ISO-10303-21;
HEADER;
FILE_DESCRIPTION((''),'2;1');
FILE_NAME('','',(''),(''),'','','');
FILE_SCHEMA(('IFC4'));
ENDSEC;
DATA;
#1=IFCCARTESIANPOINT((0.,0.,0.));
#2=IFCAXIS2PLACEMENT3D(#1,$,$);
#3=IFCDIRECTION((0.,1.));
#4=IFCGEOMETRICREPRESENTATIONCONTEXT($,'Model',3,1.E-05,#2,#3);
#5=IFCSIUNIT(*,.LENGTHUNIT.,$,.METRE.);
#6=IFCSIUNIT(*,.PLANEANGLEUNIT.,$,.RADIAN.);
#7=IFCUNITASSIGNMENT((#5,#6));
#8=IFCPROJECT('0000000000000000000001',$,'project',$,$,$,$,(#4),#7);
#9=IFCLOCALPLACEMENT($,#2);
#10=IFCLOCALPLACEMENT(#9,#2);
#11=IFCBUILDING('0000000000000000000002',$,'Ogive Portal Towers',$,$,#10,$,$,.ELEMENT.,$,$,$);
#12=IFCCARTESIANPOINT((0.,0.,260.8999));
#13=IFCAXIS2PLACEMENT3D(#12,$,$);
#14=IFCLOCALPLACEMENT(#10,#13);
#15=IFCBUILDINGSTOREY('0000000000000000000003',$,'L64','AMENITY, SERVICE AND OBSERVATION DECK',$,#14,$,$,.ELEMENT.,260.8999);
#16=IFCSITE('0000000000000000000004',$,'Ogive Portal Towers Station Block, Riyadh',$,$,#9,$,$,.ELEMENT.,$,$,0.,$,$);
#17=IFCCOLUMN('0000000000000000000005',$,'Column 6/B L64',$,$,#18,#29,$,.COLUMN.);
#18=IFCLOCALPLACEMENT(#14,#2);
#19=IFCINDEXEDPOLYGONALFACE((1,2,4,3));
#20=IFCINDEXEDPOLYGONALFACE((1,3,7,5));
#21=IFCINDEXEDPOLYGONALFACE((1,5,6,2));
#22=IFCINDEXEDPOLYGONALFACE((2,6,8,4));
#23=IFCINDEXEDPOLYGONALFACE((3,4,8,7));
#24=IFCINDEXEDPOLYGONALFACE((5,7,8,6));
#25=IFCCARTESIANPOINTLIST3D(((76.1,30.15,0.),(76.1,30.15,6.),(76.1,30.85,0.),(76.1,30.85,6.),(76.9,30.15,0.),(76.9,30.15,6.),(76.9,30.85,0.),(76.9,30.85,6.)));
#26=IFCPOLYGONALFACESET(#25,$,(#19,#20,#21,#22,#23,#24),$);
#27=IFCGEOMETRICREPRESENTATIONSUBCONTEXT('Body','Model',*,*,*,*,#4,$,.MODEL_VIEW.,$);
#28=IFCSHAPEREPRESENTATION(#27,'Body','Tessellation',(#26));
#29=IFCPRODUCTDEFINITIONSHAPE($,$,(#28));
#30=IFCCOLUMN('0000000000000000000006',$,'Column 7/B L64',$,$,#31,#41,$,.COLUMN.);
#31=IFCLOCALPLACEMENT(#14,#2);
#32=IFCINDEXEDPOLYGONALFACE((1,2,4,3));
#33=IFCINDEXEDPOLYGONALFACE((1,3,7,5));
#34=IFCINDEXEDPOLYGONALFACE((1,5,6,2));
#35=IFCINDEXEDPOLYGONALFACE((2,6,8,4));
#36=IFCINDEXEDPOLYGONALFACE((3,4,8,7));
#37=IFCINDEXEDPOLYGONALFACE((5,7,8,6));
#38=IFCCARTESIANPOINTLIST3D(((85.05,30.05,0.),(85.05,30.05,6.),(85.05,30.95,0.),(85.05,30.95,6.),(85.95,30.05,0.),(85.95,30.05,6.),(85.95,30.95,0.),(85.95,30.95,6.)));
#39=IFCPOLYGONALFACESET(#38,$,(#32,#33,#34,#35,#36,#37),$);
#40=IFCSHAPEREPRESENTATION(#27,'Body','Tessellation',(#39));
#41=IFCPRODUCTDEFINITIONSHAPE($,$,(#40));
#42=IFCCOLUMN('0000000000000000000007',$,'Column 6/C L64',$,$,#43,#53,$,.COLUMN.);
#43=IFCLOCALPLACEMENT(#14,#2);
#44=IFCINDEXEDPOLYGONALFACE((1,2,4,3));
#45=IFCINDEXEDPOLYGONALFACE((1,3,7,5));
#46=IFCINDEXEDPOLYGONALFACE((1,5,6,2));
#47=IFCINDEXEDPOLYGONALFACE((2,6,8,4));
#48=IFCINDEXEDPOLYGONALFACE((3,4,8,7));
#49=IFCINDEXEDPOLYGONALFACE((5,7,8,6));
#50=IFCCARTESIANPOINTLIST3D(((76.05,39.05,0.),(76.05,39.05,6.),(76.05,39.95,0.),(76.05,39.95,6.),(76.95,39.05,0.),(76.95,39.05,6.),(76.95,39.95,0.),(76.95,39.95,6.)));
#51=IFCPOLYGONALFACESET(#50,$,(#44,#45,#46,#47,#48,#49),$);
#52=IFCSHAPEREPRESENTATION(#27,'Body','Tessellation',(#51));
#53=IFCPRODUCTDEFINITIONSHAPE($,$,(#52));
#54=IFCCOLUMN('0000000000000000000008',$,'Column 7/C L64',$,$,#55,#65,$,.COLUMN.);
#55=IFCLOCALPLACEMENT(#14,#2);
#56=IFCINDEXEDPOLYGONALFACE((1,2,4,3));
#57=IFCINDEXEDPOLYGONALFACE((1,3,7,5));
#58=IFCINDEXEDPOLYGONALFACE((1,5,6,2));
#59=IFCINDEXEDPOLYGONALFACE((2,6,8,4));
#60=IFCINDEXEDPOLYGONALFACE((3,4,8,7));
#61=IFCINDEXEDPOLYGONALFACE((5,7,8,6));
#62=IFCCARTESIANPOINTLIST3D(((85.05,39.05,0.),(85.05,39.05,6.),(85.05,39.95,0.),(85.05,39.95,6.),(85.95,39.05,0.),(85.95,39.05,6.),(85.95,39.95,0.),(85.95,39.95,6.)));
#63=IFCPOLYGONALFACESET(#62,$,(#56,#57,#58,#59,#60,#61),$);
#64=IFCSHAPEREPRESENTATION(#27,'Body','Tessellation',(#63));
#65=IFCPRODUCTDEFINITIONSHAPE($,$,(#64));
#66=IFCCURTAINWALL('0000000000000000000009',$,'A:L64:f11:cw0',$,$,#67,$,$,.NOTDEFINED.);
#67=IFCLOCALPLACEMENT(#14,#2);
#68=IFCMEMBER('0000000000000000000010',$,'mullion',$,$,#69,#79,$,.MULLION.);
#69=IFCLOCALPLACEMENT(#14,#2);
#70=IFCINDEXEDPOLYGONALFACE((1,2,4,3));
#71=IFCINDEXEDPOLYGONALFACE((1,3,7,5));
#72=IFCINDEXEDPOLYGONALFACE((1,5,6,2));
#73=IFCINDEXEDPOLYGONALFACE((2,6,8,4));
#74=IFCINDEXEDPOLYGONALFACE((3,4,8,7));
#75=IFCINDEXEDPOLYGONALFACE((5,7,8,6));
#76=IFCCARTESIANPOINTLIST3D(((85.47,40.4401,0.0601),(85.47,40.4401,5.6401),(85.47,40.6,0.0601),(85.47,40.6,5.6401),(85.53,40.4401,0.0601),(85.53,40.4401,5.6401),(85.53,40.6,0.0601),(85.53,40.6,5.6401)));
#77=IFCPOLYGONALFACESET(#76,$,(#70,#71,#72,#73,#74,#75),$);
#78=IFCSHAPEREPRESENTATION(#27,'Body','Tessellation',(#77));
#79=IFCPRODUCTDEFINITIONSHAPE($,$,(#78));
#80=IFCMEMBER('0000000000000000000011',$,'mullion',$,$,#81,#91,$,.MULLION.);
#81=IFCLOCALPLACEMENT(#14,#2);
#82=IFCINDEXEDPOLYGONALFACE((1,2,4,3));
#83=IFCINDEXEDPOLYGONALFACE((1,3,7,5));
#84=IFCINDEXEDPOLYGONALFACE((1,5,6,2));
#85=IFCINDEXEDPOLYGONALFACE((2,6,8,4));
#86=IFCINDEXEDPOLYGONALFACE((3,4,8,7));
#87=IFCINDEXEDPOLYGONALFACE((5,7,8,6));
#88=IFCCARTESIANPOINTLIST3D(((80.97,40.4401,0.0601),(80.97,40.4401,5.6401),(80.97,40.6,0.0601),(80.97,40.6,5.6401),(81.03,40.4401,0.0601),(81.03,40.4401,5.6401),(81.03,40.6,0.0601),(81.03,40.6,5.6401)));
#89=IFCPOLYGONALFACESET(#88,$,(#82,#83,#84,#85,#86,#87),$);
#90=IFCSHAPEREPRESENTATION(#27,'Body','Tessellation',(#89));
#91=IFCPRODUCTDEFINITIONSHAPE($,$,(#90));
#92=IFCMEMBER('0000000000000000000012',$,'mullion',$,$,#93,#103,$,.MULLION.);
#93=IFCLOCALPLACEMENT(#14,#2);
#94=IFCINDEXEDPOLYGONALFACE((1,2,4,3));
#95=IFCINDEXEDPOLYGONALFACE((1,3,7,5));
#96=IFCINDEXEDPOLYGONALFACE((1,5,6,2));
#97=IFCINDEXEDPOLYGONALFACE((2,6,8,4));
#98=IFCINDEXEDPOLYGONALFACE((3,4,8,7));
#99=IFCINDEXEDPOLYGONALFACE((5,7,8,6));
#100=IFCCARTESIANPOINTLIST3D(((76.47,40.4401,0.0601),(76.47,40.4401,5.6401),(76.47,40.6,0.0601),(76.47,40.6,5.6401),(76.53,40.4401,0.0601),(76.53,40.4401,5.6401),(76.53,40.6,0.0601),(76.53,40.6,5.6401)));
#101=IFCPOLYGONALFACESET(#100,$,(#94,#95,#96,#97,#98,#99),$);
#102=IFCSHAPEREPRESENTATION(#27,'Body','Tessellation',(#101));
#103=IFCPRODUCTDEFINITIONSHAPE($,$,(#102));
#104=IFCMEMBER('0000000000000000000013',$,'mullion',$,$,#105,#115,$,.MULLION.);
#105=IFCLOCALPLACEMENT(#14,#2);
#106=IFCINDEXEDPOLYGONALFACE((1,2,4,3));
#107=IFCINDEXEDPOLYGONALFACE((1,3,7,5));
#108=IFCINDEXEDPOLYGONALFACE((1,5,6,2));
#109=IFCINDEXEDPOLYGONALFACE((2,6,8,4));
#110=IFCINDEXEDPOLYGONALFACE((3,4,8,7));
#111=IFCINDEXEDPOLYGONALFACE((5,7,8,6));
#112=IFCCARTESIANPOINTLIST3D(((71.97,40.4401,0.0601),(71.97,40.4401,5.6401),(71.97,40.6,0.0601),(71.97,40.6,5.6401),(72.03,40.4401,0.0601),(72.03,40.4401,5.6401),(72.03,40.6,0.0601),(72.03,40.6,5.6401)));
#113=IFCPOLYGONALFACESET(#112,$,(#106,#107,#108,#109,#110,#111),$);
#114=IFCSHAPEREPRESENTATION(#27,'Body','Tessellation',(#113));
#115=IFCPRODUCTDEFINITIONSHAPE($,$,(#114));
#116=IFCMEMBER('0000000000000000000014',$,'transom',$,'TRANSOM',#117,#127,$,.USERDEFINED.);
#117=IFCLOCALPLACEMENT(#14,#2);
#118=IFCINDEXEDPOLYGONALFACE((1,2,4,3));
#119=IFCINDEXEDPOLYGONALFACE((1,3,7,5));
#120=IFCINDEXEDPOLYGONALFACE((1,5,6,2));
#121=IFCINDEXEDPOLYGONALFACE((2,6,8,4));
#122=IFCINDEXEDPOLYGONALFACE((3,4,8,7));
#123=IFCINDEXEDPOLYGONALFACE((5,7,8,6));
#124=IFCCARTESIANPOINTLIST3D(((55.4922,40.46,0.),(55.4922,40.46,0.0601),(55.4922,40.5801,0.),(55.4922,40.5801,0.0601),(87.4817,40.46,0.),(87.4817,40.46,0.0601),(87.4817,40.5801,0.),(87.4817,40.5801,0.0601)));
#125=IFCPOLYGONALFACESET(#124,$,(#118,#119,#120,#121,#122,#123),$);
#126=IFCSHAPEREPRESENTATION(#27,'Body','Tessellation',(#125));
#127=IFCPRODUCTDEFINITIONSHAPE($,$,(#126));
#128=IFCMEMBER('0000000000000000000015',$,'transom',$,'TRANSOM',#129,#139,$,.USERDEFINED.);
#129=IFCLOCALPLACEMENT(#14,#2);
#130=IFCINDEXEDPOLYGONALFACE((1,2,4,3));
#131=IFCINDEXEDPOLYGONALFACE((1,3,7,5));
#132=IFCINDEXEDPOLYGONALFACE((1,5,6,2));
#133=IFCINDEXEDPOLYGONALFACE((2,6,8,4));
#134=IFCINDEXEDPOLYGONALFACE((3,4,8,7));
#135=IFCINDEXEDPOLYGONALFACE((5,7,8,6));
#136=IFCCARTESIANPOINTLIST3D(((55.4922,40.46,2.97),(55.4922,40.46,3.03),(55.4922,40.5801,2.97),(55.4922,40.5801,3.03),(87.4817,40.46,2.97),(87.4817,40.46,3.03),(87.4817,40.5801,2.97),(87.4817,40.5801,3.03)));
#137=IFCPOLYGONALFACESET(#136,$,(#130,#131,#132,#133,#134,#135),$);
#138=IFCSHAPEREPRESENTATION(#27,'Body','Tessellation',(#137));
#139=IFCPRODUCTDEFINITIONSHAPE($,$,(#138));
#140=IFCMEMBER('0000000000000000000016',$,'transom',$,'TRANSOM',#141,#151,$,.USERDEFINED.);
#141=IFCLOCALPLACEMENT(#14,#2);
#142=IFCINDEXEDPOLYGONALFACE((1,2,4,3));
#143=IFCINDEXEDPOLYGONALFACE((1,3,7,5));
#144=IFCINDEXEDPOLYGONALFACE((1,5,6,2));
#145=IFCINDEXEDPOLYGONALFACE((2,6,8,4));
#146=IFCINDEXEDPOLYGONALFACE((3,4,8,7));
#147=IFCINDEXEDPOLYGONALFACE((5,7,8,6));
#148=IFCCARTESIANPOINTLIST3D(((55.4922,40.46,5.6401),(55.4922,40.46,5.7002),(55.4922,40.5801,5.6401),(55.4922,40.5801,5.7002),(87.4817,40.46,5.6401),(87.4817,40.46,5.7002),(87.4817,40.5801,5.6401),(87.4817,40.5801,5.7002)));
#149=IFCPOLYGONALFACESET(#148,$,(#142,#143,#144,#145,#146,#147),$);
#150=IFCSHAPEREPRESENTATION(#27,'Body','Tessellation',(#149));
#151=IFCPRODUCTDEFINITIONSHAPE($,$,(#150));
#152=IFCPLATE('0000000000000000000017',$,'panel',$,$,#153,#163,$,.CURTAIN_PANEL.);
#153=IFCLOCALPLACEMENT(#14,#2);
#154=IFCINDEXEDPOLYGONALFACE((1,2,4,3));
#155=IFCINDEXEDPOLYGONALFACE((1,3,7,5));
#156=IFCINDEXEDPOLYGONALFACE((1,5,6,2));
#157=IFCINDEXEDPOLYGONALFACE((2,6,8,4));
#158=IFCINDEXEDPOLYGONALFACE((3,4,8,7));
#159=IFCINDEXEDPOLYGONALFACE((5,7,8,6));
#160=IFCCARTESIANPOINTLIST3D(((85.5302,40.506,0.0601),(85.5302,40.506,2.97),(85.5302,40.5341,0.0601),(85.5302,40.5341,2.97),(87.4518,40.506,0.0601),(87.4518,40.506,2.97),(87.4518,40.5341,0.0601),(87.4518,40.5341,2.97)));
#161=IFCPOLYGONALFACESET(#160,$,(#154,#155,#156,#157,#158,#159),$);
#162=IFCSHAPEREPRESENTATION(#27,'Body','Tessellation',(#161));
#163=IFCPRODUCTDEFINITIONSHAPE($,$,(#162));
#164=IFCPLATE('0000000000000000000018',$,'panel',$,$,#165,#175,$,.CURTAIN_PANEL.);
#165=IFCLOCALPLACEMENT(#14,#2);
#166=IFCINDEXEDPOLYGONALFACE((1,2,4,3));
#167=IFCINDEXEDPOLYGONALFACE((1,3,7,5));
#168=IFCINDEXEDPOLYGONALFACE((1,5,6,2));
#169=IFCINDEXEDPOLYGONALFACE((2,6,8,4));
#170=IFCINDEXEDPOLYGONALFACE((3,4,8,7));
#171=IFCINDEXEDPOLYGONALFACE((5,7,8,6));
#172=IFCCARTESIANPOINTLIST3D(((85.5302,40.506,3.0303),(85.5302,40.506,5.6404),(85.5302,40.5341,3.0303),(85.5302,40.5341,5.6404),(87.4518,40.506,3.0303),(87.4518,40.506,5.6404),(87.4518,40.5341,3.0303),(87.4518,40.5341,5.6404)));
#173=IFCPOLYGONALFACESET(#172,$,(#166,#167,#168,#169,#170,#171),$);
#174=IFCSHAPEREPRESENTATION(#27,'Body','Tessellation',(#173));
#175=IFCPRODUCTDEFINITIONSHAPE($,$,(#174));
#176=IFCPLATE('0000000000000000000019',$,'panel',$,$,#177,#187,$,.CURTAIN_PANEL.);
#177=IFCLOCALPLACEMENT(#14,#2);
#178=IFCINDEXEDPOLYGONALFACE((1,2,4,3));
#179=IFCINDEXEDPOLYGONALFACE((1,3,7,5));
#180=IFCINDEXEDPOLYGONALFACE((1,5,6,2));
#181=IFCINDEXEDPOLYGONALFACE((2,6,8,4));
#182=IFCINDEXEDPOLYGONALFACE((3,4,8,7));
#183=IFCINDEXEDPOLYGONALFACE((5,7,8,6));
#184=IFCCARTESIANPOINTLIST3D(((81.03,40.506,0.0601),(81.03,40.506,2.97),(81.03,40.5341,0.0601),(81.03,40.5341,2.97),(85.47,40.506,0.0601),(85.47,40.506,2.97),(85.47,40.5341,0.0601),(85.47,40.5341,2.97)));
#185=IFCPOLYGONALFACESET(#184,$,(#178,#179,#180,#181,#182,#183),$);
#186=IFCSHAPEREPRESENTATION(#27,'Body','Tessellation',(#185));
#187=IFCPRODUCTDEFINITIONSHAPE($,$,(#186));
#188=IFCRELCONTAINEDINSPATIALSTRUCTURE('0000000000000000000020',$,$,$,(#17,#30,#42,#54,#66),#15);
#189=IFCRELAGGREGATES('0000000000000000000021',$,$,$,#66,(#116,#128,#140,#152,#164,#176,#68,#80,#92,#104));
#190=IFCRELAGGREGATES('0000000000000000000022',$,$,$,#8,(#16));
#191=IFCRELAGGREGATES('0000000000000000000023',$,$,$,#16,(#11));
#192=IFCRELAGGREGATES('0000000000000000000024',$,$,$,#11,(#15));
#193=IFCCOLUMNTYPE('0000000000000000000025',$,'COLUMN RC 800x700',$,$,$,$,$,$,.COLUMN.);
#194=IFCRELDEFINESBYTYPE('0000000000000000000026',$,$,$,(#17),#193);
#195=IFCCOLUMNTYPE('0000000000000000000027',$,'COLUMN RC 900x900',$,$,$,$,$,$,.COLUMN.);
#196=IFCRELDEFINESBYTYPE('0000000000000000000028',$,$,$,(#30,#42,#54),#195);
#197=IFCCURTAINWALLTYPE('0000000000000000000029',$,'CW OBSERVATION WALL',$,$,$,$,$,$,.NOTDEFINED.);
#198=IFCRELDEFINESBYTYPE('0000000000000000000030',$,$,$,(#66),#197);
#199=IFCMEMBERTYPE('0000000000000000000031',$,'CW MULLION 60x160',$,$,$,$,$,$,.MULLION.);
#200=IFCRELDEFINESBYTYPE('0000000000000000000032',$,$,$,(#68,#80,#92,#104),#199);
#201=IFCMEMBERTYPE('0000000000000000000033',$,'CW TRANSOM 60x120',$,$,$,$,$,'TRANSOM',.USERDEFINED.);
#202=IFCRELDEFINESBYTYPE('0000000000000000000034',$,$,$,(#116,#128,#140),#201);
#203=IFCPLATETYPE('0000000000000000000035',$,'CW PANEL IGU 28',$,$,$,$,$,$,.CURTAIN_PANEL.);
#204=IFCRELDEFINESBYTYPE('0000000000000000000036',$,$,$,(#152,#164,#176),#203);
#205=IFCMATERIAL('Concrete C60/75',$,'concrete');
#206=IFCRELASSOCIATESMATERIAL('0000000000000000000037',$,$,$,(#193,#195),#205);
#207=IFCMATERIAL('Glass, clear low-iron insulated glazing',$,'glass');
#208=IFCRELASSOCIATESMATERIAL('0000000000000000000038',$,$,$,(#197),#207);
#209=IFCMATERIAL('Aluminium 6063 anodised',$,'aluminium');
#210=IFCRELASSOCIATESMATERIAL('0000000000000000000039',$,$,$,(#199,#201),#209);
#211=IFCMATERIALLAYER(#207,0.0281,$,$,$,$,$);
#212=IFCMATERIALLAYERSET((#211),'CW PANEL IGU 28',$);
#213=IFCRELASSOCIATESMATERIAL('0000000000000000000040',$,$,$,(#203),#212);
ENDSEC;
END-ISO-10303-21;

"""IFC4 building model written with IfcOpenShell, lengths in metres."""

from ifc_helpers import new_model, si_unit, direction, frame, origin, origin_2d, place, context, subcontext, project, spatial, rectangle, extrude, material, layer, layer_set, material_profile, profile_set, type_object, element, aggregate, save


model = new_model("IFC4")

# Units and contexts
model_context = context("Model", 3, precision=1e-05, world=origin(), true_north=direction((0.0, 1.0)))
body_context = subcontext(model_context, "Body", "Model", "MODEL_VIEW")
ifc_project = project(units=[si_unit("LENGTHUNIT", "METRE"), si_unit("PLANEANGLEUNIT", "RADIAN")], contexts=[model_context])

# Site, building, storey
site_placement = place(None, origin())
site = spatial("IfcSite", under=ifc_project, at=site_placement, Name="Ogive Portal Towers Station Block, Riyadh", CompositionType="ELEMENT", RefElevation=0.0)
building_placement = place(site_placement, origin())
building = spatial("IfcBuilding", under=site, at=building_placement, Name="Ogive Portal Towers", CompositionType="ELEMENT")
storey_placement = place(building_placement, frame((0.0, 0.0, 260.8999)))
storey = spatial("IfcBuildingStorey", under=building, at=storey_placement, Name="L64", Description="AMENITY, SERVICE AND OBSERVATION DECK", CompositionType="ELEMENT", Elevation=260.8999)

# Columns
ifc_material_1 = material(Name="Concrete C60/75", Category="concrete")
ifc_material_profile_1 = material_profile(ifc_material_1, rectangle(XDim=0.8, YDim=0.7, at=origin_2d()), Name="RC 800x700")
ifc_profile_set_1 = profile_set([ifc_material_profile_1], Name="Concrete C60/75")
column_type_1 = type_object("IfcColumnType", Name="COLUMN RC 800x700", PredefinedType="COLUMN", material=ifc_profile_set_1)
column_placement = place(storey_placement, frame((76.5, 30.5, 0.0), z_axis=(0.0, 0.0, 1.0), x_axis=(1.0, 0.0, 0.0)))
element("IfcColumn", 1, at=column_placement, inside=storey, type_object=column_type_1, Name="Column 6/B L64", PredefinedType="COLUMN", context=body_context, shape_type="SweptSolid", body=[
    extrude(rectangle(XDim=0.8, YDim=0.7, at=origin_2d()), origin(), (0.0, 0.0, 1.0), 6.0),
])
ifc_material_profile_2 = material_profile(ifc_material_1, rectangle(XDim=0.8999, YDim=0.8999, at=origin_2d()), Name="RC 900x900")
ifc_profile_set_2 = profile_set([ifc_material_profile_2], Name="Concrete C60/75")
column_type_2 = type_object("IfcColumnType", Name="COLUMN RC 900x900", PredefinedType="COLUMN", material=ifc_profile_set_2)
for number, where, z_axis, x_axis, name in (
    (2, (85.5, 30.5, 0.0), (0.0, 0.0, 1.0), (1.0, 0.0, 0.0), "Column 7/B L64"),
    (3, (76.5, 39.5, 0.0), (0.0, 0.0, 1.0), (1.0, 0.0, 0.0), "Column 6/C L64"),
    (4, (85.5, 39.5, 0.0), (0.0, 0.0, 1.0), (1.0, 0.0, 0.0), "Column 7/C L64"),
):
    element("IfcColumn", number, at=place(storey_placement, frame(where, z_axis=z_axis, x_axis=x_axis)), inside=storey, type_object=column_type_2, Name=name, PredefinedType="COLUMN", context=body_context, shape_type="SweptSolid", body=[
        extrude(rectangle(XDim=0.8999, YDim=0.8999, at=origin_2d()), origin(), (0.0, 0.0, 1.0), 6.0),
    ])

# Curtain wall, members, plates
ifc_material_2 = material(Name="Glass, clear low-iron insulated glazing", Category="glass")
curtain_wall_type = type_object("IfcCurtainWallType", Name="CW OBSERVATION WALL", PredefinedType="NOTDEFINED", material=ifc_material_2)
curtain_wall_placement = place(storey_placement, origin())
curtain_wall = element("IfcCurtainWall", 5, at=curtain_wall_placement, inside=storey, type_object=curtain_wall_type, Name="A:L64:f11:cw0", PredefinedType="NOTDEFINED")
ifc_material_3 = material(Name="Aluminium 6063 anodised", Category="aluminium")
ifc_material_profile_3 = material_profile(ifc_material_3, rectangle(XDim=0.1599, YDim=0.0601, at=origin_2d()), Name="AL 60x160")
ifc_profile_set_3 = profile_set([ifc_material_profile_3], Name="Aluminium 6063 anodised")
member_type_1 = type_object("IfcMemberType", Name="CW MULLION 60x160", PredefinedType="MULLION", material=ifc_profile_set_3)
member_1_placement = place(storey_placement, frame((85.5, 40.52, 0.0601), z_axis=(0.0, 0.0, 1.0), x_axis=(0.0, -1.0, 0.0)))
member_1 = element("IfcMember", 6, at=member_1_placement, type_object=member_type_1, Name="mullion", PredefinedType="MULLION", context=body_context, shape_type="SweptSolid", body=[
    extrude(rectangle(XDim=0.1599, YDim=0.0601, at=origin_2d()), origin(), (0.0, 0.0, 1.0), 5.5801),
])
member_2_placement = place(storey_placement, frame((81.0, 40.52, 0.0601), z_axis=(0.0, 0.0, 1.0), x_axis=(0.0, -1.0, 0.0)))
member_2 = element("IfcMember", 7, at=member_2_placement, type_object=member_type_1, Name="mullion", PredefinedType="MULLION", context=body_context, shape_type="SweptSolid", body=[
    extrude(rectangle(XDim=0.1599, YDim=0.0601, at=origin_2d()), origin(), (0.0, 0.0, 1.0), 5.5801),
])
member_3_placement = place(storey_placement, frame((76.5, 40.52, 0.0601), z_axis=(0.0, 0.0, 1.0), x_axis=(0.0, -1.0, 0.0)))
member_3 = element("IfcMember", 8, at=member_3_placement, type_object=member_type_1, Name="mullion", PredefinedType="MULLION", context=body_context, shape_type="SweptSolid", body=[
    extrude(rectangle(XDim=0.1599, YDim=0.0601, at=origin_2d()), origin(), (0.0, 0.0, 1.0), 5.5801),
])
member_4_placement = place(storey_placement, frame((72.0, 40.52, 0.0601), z_axis=(0.0, 0.0, 1.0), x_axis=(0.0, -1.0, 0.0)))
member_4 = element("IfcMember", 9, at=member_4_placement, type_object=member_type_1, Name="mullion", PredefinedType="MULLION", context=body_context, shape_type="SweptSolid", body=[
    extrude(rectangle(XDim=0.1599, YDim=0.0601, at=origin_2d()), origin(), (0.0, 0.0, 1.0), 5.5801),
])
ifc_material_profile_4 = material_profile(ifc_material_3, rectangle(XDim=0.1201, YDim=0.0601, at=origin_2d()), Name="AL 120x60")
ifc_profile_set_4 = profile_set([ifc_material_profile_4], Name="Aluminium 6063 anodised")
member_type_2 = type_object("IfcMemberType", Name="CW TRANSOM 60x120", ElementType="TRANSOM", PredefinedType="USERDEFINED", material=ifc_profile_set_4)
member_5_placement = place(storey_placement, frame((87.4817, 40.52, 0.03), z_axis=(-1.0, 0.0, 0.0), x_axis=(0.0, -1.0, 0.0)))
member_5 = element("IfcMember", 10, at=member_5_placement, type_object=member_type_2, Name="transom", ObjectType="TRANSOM", PredefinedType="USERDEFINED", context=body_context, shape_type="SweptSolid", body=[
    extrude(rectangle(XDim=0.1201, YDim=0.0601, at=origin_2d()), origin(), (0.0, 0.0, 1.0), 31.9895),
])
member_6_placement = place(storey_placement, frame((87.4817, 40.52, 3.0), z_axis=(-1.0, 0.0, 0.0), x_axis=(0.0, -1.0, 0.0)))
member_6 = element("IfcMember", 11, at=member_6_placement, type_object=member_type_2, Name="transom", ObjectType="TRANSOM", PredefinedType="USERDEFINED", context=body_context, shape_type="SweptSolid", body=[
    extrude(rectangle(XDim=0.1201, YDim=0.0601, at=origin_2d()), origin(), (0.0, 0.0, 1.0), 31.9895),
])
member_7_placement = place(storey_placement, frame((87.4817, 40.52, 5.6702), z_axis=(-1.0, 0.0, 0.0), x_axis=(0.0, -1.0, 0.0)))
member_7 = element("IfcMember", 12, at=member_7_placement, type_object=member_type_2, Name="transom", ObjectType="TRANSOM", PredefinedType="USERDEFINED", context=body_context, shape_type="SweptSolid", body=[
    extrude(rectangle(XDim=0.1201, YDim=0.0601, at=origin_2d()), origin(), (0.0, 0.0, 1.0), 31.9895),
])
ifc_layer_1 = layer(ifc_material_2, 0.0281)
ifc_layer_set_1 = layer_set([ifc_layer_1], Name="CW PANEL IGU 28")
plate_type = type_object("IfcPlateType", Name="CW PANEL IGU 28", PredefinedType="CURTAIN_PANEL", material=ifc_layer_set_1)
plate_1_placement = place(storey_placement, frame((86.491, 40.52, 0.0601), z_axis=(0.0, 0.0, 1.0), x_axis=(-1.0, 0.0, 0.0)))
plate_1 = element("IfcPlate", 13, at=plate_1_placement, type_object=plate_type, Name="panel", PredefinedType="CURTAIN_PANEL", context=body_context, shape_type="SweptSolid", body=[
    extrude(rectangle(XDim=1.9216, YDim=0.0281, at=origin_2d()), origin(), (0.0, 0.0, 1.0), 2.9099),
])
plate_2_placement = place(storey_placement, frame((86.491, 40.52, 3.0303), z_axis=(0.0, 0.0, 1.0), x_axis=(-1.0, 0.0, 0.0)))
plate_2 = element("IfcPlate", 14, at=plate_2_placement, type_object=plate_type, Name="panel", PredefinedType="CURTAIN_PANEL", context=body_context, shape_type="SweptSolid", body=[
    extrude(rectangle(XDim=1.9216, YDim=0.0281, at=origin_2d()), origin(), (0.0, 0.0, 1.0), 2.6101),
])
plate_3_placement = place(storey_placement, frame((83.25, 40.52, 0.0601), z_axis=(0.0, 0.0, 1.0), x_axis=(-1.0, 0.0, 0.0)))
plate_3 = element("IfcPlate", 15, at=plate_3_placement, type_object=plate_type, Name="panel", PredefinedType="CURTAIN_PANEL", context=body_context, shape_type="SweptSolid", body=[
    extrude(rectangle(XDim=4.4399, YDim=0.0281, at=origin_2d()), origin(), (0.0, 0.0, 1.0), 2.9099),
])
aggregate(curtain_wall, [member_5, member_6, member_7, plate_1, plate_2, plate_3, member_1, member_2, member_3, member_4])

save(model, "model.ifc")
